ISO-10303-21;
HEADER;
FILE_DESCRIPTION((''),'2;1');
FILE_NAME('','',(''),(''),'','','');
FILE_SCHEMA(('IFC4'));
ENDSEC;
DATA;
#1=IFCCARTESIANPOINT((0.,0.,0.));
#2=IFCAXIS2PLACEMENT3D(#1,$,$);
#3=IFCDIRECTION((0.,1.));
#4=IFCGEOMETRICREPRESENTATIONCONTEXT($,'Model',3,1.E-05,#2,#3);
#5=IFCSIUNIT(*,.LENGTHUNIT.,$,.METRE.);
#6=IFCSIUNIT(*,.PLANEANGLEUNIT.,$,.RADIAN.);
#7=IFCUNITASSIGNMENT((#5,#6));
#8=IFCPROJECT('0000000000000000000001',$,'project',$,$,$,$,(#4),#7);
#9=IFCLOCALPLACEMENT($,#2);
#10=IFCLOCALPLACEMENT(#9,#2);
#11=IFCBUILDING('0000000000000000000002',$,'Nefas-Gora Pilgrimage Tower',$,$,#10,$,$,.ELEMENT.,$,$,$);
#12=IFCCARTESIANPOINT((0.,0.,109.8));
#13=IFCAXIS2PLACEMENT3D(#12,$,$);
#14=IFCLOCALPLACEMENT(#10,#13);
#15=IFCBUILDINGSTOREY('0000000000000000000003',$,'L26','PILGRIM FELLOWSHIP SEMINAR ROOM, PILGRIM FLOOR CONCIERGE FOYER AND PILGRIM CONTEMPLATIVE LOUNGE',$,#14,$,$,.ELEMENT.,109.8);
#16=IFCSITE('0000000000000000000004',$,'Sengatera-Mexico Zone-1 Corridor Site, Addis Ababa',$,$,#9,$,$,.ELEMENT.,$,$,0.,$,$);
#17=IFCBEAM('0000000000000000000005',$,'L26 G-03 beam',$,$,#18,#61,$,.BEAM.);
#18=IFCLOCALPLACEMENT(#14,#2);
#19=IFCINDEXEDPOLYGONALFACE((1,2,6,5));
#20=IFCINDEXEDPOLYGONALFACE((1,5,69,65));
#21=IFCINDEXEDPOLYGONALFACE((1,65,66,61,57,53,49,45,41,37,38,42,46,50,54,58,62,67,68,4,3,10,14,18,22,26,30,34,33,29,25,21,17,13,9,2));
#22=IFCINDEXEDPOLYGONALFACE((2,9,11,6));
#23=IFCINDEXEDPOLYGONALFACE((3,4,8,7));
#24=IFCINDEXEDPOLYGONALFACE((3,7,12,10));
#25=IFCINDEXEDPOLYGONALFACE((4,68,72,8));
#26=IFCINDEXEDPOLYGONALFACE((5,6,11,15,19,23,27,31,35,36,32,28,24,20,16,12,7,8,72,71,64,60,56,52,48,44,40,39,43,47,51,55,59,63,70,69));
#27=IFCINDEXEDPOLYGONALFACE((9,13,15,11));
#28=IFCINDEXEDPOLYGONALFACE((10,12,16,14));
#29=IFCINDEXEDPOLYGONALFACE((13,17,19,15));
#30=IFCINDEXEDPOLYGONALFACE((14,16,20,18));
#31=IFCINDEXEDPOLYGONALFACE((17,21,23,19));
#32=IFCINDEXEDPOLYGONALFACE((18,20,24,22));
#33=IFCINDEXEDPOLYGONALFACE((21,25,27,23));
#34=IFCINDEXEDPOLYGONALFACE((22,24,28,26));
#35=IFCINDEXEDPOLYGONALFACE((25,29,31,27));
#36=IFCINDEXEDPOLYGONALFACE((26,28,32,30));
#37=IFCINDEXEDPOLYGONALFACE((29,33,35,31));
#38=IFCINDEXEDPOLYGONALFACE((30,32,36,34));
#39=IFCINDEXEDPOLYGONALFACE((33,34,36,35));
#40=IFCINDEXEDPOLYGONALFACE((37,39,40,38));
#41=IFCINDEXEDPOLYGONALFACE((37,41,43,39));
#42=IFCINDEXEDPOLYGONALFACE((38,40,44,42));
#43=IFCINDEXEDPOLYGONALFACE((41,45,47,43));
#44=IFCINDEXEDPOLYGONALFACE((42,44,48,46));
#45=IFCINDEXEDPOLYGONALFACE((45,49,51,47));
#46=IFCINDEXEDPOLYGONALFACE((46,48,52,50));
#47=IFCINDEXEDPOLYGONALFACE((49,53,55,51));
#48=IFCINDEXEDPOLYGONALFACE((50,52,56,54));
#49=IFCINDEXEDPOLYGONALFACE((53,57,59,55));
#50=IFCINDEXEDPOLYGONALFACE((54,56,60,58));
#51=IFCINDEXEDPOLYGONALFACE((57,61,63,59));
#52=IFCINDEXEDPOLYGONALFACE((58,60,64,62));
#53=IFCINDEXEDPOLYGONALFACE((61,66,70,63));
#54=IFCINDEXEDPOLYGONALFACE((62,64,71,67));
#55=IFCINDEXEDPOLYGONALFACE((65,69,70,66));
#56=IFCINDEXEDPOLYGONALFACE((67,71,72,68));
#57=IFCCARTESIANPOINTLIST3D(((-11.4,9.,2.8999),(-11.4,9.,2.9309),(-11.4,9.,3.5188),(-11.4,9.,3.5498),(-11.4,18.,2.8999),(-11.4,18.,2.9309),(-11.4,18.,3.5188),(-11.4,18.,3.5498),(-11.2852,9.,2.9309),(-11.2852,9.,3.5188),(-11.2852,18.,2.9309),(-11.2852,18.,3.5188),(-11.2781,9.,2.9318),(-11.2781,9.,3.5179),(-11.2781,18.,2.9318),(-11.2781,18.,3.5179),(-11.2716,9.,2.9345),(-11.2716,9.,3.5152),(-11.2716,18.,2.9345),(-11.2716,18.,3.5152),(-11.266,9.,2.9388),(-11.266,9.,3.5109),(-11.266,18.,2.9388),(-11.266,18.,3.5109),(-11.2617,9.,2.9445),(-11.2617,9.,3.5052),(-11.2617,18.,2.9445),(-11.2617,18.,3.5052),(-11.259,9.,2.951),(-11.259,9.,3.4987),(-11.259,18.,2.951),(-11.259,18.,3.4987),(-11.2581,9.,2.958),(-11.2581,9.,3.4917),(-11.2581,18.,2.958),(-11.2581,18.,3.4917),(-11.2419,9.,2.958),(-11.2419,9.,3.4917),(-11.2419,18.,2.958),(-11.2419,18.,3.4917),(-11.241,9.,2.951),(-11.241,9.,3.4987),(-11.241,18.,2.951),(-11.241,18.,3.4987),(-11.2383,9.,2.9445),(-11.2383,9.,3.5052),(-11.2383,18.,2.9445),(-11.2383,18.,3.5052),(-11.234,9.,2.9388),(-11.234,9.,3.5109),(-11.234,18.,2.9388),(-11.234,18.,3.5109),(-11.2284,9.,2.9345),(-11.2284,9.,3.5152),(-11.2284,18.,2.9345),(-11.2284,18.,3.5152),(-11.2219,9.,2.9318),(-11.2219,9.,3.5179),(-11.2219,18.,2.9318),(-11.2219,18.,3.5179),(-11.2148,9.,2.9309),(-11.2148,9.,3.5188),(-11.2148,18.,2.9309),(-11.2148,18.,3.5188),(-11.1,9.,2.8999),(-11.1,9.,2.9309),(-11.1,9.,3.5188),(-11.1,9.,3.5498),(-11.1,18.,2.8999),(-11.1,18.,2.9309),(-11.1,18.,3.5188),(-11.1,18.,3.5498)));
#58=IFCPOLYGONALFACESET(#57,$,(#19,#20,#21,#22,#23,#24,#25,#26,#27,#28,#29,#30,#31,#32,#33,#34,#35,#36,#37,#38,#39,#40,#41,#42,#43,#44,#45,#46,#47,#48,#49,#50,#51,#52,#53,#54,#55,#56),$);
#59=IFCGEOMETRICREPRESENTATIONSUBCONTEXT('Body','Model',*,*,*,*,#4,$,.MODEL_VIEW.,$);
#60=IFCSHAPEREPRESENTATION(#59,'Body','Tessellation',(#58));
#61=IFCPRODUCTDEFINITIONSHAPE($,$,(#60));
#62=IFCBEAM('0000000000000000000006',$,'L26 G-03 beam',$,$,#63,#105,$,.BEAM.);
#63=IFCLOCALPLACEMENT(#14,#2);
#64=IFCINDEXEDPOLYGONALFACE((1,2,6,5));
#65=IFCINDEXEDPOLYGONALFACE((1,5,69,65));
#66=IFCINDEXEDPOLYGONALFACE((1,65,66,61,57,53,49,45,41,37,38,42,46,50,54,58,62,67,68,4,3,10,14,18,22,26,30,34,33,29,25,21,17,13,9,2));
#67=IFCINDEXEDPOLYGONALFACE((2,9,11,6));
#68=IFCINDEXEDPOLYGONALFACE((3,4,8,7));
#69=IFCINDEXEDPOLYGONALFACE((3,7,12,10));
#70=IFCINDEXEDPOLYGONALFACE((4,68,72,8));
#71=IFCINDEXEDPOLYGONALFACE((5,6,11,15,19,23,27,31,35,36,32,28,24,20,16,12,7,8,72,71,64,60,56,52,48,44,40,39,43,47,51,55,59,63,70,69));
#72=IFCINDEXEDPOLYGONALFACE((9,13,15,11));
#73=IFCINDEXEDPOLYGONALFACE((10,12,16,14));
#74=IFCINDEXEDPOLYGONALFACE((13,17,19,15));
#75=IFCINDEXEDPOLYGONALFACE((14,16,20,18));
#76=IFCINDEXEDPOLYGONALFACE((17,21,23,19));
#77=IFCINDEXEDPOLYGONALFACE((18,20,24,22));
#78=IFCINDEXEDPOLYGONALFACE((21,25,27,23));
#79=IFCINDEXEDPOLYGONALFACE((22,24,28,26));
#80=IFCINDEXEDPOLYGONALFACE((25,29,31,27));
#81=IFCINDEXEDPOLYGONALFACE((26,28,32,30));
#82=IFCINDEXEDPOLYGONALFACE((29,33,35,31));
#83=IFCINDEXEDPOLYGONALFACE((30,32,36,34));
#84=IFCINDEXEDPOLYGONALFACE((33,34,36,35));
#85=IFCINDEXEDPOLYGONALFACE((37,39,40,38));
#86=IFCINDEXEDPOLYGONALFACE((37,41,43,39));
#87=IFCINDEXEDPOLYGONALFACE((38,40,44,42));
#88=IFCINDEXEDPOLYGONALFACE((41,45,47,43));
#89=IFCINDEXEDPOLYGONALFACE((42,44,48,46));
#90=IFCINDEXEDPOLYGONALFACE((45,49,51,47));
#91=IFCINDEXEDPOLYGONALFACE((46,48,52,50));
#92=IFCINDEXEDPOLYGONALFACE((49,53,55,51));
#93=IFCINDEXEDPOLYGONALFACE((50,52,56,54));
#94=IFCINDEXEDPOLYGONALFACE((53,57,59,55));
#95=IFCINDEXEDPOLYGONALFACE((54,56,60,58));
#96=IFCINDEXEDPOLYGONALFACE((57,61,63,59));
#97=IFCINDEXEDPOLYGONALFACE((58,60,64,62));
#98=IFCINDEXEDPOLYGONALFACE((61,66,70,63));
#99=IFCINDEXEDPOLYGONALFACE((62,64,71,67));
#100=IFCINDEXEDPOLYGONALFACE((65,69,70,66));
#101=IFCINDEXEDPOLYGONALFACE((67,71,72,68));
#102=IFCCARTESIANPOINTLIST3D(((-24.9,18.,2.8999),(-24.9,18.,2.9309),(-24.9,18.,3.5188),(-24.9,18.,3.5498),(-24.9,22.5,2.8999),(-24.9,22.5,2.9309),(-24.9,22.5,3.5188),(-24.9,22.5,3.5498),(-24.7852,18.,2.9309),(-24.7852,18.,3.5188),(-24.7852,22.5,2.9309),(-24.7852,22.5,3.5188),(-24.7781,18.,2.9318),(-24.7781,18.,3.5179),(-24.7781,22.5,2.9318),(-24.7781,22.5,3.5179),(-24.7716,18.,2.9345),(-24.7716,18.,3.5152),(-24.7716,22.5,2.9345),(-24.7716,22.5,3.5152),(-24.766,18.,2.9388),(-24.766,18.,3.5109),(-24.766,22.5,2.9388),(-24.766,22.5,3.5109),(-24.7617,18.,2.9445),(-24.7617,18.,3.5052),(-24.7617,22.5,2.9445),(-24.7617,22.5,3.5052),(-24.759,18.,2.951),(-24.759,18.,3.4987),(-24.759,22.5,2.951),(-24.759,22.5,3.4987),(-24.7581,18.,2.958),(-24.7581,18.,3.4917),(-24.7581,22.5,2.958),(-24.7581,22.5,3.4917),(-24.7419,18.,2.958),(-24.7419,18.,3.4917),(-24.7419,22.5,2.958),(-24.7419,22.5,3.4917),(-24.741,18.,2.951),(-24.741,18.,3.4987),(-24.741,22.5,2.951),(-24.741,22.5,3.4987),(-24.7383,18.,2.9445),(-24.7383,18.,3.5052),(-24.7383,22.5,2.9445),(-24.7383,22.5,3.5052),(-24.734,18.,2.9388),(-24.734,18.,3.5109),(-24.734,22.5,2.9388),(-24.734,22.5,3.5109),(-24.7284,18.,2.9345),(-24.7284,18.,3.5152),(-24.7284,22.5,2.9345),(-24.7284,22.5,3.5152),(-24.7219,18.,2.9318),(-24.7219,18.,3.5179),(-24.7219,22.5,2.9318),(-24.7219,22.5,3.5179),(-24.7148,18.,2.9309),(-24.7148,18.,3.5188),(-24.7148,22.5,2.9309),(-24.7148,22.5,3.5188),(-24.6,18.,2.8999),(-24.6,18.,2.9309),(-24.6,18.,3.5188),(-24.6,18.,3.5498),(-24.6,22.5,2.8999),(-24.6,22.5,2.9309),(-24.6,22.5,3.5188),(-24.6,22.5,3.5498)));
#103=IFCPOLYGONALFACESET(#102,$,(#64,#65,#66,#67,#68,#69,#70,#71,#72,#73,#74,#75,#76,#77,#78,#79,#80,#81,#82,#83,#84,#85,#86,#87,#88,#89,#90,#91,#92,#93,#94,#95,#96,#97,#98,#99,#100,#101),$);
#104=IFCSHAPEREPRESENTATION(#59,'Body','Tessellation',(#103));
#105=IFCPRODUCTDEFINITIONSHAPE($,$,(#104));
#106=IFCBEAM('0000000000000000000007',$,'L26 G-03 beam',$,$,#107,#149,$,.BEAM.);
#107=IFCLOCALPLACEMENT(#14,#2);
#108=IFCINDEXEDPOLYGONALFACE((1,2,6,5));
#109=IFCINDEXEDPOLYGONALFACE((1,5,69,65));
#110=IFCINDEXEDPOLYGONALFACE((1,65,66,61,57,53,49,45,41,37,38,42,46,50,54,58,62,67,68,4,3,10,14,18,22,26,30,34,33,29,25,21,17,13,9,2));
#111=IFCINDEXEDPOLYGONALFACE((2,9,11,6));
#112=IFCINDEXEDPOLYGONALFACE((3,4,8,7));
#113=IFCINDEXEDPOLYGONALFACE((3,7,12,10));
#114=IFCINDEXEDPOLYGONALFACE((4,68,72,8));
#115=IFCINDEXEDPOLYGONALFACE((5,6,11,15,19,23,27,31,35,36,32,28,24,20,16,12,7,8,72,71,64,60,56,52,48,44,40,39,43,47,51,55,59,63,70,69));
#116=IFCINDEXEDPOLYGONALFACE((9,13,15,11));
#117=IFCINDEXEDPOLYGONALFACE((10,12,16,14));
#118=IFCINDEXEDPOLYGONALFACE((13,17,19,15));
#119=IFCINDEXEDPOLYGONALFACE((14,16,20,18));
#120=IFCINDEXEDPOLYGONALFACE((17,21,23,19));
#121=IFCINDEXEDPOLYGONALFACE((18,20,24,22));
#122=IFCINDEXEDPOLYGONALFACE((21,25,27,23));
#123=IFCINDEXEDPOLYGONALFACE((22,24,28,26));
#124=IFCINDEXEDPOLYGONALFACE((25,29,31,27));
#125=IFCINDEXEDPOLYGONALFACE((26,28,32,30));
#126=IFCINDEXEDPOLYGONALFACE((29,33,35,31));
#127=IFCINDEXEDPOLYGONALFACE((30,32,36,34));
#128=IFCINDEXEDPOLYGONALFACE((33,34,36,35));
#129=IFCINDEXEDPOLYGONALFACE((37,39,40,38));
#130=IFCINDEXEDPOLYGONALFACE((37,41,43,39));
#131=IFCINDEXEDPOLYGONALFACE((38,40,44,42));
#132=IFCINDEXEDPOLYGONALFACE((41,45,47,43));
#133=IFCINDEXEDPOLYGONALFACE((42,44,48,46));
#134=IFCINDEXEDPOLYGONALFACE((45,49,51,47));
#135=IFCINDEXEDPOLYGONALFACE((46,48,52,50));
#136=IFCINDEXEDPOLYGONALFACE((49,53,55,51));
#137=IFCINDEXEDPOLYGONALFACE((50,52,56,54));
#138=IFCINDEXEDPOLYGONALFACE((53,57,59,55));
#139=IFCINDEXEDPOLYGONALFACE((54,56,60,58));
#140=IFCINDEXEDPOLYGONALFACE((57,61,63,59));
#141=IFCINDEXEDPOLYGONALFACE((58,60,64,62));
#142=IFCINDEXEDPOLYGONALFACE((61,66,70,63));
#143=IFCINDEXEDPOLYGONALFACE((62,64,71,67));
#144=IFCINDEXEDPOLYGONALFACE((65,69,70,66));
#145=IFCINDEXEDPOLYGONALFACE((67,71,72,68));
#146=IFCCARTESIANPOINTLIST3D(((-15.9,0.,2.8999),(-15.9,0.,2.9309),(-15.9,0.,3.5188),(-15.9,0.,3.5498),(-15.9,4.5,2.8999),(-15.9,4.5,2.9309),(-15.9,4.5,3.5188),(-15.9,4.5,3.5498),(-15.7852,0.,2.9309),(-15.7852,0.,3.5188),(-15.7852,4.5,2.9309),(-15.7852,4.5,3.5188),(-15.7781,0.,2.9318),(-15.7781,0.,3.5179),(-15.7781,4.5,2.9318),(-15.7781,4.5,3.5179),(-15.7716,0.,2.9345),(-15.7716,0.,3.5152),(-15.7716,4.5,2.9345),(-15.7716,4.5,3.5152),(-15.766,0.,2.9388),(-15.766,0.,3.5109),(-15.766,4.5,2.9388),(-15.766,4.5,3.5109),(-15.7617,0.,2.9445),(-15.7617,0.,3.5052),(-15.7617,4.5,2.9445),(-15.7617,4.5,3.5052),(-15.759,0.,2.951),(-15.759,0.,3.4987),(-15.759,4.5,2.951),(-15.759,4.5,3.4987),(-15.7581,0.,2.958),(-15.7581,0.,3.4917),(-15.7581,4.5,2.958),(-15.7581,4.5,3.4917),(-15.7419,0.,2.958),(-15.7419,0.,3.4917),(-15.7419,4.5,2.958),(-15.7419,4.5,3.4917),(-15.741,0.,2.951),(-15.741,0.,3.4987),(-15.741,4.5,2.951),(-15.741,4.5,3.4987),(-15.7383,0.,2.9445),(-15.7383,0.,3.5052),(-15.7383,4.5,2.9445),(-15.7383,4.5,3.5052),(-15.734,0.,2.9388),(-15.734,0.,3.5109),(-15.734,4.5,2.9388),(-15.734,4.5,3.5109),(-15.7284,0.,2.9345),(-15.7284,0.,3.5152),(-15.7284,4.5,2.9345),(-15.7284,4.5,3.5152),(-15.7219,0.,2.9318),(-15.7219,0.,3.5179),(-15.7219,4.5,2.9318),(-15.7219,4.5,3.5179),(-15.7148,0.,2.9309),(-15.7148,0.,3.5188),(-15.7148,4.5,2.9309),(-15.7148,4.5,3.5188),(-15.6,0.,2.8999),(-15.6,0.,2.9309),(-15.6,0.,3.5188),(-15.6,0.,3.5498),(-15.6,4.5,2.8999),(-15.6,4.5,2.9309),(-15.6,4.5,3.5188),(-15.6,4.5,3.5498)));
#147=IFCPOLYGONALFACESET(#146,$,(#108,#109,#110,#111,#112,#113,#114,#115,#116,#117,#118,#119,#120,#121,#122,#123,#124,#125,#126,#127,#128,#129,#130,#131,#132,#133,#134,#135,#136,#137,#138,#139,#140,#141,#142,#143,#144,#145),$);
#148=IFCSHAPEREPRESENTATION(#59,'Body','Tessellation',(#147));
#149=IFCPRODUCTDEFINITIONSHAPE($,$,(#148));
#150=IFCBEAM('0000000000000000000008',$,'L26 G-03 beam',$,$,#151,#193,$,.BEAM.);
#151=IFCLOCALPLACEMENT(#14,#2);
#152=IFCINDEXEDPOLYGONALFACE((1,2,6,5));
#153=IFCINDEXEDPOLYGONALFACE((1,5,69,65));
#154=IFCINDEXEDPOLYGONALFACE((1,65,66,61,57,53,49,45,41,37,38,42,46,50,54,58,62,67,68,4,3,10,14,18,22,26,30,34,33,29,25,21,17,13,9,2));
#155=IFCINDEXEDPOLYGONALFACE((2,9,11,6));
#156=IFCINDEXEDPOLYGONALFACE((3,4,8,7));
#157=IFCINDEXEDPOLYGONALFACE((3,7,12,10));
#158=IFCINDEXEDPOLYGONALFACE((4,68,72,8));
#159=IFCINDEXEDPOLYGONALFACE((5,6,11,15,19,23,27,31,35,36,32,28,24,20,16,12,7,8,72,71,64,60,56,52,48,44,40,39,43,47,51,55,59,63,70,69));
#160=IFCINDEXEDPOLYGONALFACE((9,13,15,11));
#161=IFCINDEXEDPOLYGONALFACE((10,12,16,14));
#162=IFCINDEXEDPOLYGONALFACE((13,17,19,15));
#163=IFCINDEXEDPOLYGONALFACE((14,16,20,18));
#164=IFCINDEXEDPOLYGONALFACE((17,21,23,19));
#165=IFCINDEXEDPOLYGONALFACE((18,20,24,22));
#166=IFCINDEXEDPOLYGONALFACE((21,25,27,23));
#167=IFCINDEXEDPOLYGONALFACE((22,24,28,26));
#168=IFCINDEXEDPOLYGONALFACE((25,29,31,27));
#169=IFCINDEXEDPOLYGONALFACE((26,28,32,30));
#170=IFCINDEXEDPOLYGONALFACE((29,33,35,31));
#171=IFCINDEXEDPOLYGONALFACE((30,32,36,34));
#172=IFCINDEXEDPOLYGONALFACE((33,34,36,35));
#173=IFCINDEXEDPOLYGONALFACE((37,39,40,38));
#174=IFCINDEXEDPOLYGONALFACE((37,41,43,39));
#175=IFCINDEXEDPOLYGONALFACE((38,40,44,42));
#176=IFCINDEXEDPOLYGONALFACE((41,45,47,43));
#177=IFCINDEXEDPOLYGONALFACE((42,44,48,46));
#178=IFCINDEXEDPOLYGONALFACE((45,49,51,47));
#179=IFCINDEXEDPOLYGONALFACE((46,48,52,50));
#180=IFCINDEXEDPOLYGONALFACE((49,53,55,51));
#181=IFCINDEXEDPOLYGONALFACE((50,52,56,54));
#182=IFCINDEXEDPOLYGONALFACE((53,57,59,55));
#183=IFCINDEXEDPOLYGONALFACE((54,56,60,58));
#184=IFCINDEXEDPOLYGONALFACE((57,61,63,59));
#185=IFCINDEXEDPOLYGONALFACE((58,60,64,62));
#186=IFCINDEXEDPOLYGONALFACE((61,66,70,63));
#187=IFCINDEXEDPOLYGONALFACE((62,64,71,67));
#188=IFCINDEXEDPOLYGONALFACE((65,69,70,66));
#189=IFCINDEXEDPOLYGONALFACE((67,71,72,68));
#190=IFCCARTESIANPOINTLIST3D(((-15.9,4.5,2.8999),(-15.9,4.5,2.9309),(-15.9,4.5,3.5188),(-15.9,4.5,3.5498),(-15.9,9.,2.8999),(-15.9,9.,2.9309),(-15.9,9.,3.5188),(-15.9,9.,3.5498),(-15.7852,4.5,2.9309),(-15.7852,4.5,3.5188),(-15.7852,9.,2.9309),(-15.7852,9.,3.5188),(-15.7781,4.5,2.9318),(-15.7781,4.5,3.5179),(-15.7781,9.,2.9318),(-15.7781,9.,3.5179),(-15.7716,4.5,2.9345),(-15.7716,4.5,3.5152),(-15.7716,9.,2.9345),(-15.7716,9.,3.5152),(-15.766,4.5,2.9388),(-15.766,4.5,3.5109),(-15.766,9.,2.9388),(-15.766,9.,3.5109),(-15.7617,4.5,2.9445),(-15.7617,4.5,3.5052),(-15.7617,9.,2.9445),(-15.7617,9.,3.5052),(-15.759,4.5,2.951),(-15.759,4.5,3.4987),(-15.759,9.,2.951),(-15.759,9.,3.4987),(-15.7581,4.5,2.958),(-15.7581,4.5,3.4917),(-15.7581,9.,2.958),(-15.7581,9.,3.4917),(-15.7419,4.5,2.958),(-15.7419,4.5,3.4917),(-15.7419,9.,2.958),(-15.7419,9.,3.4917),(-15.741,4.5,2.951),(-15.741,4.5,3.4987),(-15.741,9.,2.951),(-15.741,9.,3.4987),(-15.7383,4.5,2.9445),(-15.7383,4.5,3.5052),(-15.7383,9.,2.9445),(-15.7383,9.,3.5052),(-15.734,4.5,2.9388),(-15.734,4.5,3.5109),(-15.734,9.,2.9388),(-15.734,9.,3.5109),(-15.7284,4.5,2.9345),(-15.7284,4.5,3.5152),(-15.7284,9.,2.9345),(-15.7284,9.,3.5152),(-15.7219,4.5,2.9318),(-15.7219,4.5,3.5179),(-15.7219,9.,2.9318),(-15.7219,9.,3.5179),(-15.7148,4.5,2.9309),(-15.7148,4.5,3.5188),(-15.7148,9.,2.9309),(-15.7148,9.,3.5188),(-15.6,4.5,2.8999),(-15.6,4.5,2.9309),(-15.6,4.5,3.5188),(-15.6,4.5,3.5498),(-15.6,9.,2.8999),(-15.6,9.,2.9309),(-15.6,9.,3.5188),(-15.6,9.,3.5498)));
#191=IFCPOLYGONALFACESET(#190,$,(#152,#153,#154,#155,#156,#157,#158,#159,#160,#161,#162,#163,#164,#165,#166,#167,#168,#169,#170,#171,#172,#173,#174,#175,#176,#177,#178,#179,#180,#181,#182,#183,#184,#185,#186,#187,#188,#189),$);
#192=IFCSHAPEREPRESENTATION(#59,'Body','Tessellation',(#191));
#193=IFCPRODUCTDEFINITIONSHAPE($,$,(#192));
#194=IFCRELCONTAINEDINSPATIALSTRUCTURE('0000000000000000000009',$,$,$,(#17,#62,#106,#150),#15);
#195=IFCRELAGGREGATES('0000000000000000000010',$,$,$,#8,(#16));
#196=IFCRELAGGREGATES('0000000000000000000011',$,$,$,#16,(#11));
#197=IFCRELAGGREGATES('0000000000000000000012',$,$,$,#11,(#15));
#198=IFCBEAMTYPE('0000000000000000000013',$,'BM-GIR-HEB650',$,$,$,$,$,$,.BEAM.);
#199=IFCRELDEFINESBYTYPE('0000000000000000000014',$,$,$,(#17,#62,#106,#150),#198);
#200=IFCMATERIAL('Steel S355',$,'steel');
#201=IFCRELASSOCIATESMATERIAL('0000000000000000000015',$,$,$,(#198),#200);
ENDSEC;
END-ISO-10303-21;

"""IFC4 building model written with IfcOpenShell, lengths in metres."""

from ifc_helpers import new_model, si_unit, direction, frame, origin, origin_2d, place, context, subcontext, project, spatial, i_section, extrude, source, transform, mapped, material, material_profile, profile_set, type_object, element, save


model = new_model("IFC4")

# Units and contexts
model_context = context("Model", 3, precision=1e-05, world=origin(), true_north=direction((0.0, 1.0)))
body_context = subcontext(model_context, "Body", "Model", "MODEL_VIEW")
ifc_project = project(units=[si_unit("LENGTHUNIT", "METRE"), si_unit("PLANEANGLEUNIT", "RADIAN")], contexts=[model_context])

# Site, building, storey
site_placement = place(None, origin())
site = spatial("IfcSite", under=ifc_project, at=site_placement, Name="Sengatera-Mexico Zone-1 Corridor Site, Addis Ababa", CompositionType="ELEMENT", RefElevation=0.0)
building_placement = place(site_placement, origin())
building = spatial("IfcBuilding", under=site, at=building_placement, Name="Nefas-Gora Pilgrimage Tower", CompositionType="ELEMENT")
storey_placement = place(building_placement, frame((0.0, 0.0, 109.8)))
storey = spatial("IfcBuildingStorey", under=building, at=storey_placement, Name="L26", Description="PILGRIM FELLOWSHIP SEMINAR ROOM, PILGRIM FLOOR CONCIERGE FOYER AND PILGRIM CONTEMPLATIVE LOUNGE", CompositionType="ELEMENT", Elevation=109.8)

# Beams
ifc_material_1 = material(Name="Steel S355", Category="steel")
ifc_material_profile_1 = material_profile(ifc_material_1, i_section(OverallWidth=0.3, OverallDepth=0.6499, WebThickness=0.0161, FlangeThickness=0.031, FilletRadius=0.0271, at=origin_2d()), Name="HEB 650")
ifc_profile_set_1 = profile_set([ifc_material_profile_1], Name="Steel S355")
beam_type_1 = type_object("IfcBeamType", Name="BM-GIR-HEB650", PredefinedType="BEAM", material=ifc_profile_set_1)
shared_shape_1 = source(origin(), body_context, "Body", "SweptSolid", [
    extrude(i_section(OverallWidth=0.3, OverallDepth=0.6499, WebThickness=0.0161, FlangeThickness=0.031, FilletRadius=0.0271, at=origin_2d()), origin(), (0.0, 0.0, 1.0), 9.0),
])
beam_1_placement = place(storey_placement, frame((-11.25, 9.0, 3.2249), z_axis=(0.0, 1.0, 0.0), x_axis=(-1.0, 0.0, 0.0)))
element("IfcBeam", 1, at=beam_1_placement, inside=storey, type_object=beam_type_1, Name="L26 G-03 beam", PredefinedType="BEAM", context=body_context, shape_type="MappedRepresentation", body=[
    mapped(shared_shape_1, transform((0.0, 0.0, 0.0), x_axis=(1.0, 0.0, 0.0), y_axis=(0.0, 1.0, 0.0), z_axis=(0.0, 0.0, 1.0), scale=1.0)),
])
shared_shape_2 = source(origin(), body_context, "Body", "SweptSolid", [
    extrude(i_section(OverallWidth=0.3, OverallDepth=0.6499, WebThickness=0.0161, FlangeThickness=0.031, FilletRadius=0.0271, at=origin_2d()), origin(), (0.0, 0.0, 1.0), 4.5),
])
for number, where, z_axis, x_axis, name in (
    (2, (-24.75, 18.0, 3.2249), (0.0, 1.0, 0.0), (-1.0, 0.0, 0.0), "L26 G-03 beam"),
    (3, (-15.75, 0.0, 3.2249), (0.0, 1.0, 0.0), (-1.0, 0.0, 0.0), "L26 G-03 beam"),
    (4, (-15.75, 4.5, 3.2249), (0.0, 1.0, 0.0), (-1.0, 0.0, 0.0), "L26 G-03 beam"),
):
    element("IfcBeam", number, at=place(storey_placement, frame(where, z_axis=z_axis, x_axis=x_axis)), inside=storey, type_object=beam_type_1, Name=name, PredefinedType="BEAM", context=body_context, shape_type="MappedRepresentation", body=[
        mapped(shared_shape_2, transform((0.0, 0.0, 0.0), x_axis=(1.0, 0.0, 0.0), y_axis=(0.0, 1.0, 0.0), z_axis=(0.0, 0.0, 1.0), scale=1.0)),
    ])

save(model, "model.ifc")
